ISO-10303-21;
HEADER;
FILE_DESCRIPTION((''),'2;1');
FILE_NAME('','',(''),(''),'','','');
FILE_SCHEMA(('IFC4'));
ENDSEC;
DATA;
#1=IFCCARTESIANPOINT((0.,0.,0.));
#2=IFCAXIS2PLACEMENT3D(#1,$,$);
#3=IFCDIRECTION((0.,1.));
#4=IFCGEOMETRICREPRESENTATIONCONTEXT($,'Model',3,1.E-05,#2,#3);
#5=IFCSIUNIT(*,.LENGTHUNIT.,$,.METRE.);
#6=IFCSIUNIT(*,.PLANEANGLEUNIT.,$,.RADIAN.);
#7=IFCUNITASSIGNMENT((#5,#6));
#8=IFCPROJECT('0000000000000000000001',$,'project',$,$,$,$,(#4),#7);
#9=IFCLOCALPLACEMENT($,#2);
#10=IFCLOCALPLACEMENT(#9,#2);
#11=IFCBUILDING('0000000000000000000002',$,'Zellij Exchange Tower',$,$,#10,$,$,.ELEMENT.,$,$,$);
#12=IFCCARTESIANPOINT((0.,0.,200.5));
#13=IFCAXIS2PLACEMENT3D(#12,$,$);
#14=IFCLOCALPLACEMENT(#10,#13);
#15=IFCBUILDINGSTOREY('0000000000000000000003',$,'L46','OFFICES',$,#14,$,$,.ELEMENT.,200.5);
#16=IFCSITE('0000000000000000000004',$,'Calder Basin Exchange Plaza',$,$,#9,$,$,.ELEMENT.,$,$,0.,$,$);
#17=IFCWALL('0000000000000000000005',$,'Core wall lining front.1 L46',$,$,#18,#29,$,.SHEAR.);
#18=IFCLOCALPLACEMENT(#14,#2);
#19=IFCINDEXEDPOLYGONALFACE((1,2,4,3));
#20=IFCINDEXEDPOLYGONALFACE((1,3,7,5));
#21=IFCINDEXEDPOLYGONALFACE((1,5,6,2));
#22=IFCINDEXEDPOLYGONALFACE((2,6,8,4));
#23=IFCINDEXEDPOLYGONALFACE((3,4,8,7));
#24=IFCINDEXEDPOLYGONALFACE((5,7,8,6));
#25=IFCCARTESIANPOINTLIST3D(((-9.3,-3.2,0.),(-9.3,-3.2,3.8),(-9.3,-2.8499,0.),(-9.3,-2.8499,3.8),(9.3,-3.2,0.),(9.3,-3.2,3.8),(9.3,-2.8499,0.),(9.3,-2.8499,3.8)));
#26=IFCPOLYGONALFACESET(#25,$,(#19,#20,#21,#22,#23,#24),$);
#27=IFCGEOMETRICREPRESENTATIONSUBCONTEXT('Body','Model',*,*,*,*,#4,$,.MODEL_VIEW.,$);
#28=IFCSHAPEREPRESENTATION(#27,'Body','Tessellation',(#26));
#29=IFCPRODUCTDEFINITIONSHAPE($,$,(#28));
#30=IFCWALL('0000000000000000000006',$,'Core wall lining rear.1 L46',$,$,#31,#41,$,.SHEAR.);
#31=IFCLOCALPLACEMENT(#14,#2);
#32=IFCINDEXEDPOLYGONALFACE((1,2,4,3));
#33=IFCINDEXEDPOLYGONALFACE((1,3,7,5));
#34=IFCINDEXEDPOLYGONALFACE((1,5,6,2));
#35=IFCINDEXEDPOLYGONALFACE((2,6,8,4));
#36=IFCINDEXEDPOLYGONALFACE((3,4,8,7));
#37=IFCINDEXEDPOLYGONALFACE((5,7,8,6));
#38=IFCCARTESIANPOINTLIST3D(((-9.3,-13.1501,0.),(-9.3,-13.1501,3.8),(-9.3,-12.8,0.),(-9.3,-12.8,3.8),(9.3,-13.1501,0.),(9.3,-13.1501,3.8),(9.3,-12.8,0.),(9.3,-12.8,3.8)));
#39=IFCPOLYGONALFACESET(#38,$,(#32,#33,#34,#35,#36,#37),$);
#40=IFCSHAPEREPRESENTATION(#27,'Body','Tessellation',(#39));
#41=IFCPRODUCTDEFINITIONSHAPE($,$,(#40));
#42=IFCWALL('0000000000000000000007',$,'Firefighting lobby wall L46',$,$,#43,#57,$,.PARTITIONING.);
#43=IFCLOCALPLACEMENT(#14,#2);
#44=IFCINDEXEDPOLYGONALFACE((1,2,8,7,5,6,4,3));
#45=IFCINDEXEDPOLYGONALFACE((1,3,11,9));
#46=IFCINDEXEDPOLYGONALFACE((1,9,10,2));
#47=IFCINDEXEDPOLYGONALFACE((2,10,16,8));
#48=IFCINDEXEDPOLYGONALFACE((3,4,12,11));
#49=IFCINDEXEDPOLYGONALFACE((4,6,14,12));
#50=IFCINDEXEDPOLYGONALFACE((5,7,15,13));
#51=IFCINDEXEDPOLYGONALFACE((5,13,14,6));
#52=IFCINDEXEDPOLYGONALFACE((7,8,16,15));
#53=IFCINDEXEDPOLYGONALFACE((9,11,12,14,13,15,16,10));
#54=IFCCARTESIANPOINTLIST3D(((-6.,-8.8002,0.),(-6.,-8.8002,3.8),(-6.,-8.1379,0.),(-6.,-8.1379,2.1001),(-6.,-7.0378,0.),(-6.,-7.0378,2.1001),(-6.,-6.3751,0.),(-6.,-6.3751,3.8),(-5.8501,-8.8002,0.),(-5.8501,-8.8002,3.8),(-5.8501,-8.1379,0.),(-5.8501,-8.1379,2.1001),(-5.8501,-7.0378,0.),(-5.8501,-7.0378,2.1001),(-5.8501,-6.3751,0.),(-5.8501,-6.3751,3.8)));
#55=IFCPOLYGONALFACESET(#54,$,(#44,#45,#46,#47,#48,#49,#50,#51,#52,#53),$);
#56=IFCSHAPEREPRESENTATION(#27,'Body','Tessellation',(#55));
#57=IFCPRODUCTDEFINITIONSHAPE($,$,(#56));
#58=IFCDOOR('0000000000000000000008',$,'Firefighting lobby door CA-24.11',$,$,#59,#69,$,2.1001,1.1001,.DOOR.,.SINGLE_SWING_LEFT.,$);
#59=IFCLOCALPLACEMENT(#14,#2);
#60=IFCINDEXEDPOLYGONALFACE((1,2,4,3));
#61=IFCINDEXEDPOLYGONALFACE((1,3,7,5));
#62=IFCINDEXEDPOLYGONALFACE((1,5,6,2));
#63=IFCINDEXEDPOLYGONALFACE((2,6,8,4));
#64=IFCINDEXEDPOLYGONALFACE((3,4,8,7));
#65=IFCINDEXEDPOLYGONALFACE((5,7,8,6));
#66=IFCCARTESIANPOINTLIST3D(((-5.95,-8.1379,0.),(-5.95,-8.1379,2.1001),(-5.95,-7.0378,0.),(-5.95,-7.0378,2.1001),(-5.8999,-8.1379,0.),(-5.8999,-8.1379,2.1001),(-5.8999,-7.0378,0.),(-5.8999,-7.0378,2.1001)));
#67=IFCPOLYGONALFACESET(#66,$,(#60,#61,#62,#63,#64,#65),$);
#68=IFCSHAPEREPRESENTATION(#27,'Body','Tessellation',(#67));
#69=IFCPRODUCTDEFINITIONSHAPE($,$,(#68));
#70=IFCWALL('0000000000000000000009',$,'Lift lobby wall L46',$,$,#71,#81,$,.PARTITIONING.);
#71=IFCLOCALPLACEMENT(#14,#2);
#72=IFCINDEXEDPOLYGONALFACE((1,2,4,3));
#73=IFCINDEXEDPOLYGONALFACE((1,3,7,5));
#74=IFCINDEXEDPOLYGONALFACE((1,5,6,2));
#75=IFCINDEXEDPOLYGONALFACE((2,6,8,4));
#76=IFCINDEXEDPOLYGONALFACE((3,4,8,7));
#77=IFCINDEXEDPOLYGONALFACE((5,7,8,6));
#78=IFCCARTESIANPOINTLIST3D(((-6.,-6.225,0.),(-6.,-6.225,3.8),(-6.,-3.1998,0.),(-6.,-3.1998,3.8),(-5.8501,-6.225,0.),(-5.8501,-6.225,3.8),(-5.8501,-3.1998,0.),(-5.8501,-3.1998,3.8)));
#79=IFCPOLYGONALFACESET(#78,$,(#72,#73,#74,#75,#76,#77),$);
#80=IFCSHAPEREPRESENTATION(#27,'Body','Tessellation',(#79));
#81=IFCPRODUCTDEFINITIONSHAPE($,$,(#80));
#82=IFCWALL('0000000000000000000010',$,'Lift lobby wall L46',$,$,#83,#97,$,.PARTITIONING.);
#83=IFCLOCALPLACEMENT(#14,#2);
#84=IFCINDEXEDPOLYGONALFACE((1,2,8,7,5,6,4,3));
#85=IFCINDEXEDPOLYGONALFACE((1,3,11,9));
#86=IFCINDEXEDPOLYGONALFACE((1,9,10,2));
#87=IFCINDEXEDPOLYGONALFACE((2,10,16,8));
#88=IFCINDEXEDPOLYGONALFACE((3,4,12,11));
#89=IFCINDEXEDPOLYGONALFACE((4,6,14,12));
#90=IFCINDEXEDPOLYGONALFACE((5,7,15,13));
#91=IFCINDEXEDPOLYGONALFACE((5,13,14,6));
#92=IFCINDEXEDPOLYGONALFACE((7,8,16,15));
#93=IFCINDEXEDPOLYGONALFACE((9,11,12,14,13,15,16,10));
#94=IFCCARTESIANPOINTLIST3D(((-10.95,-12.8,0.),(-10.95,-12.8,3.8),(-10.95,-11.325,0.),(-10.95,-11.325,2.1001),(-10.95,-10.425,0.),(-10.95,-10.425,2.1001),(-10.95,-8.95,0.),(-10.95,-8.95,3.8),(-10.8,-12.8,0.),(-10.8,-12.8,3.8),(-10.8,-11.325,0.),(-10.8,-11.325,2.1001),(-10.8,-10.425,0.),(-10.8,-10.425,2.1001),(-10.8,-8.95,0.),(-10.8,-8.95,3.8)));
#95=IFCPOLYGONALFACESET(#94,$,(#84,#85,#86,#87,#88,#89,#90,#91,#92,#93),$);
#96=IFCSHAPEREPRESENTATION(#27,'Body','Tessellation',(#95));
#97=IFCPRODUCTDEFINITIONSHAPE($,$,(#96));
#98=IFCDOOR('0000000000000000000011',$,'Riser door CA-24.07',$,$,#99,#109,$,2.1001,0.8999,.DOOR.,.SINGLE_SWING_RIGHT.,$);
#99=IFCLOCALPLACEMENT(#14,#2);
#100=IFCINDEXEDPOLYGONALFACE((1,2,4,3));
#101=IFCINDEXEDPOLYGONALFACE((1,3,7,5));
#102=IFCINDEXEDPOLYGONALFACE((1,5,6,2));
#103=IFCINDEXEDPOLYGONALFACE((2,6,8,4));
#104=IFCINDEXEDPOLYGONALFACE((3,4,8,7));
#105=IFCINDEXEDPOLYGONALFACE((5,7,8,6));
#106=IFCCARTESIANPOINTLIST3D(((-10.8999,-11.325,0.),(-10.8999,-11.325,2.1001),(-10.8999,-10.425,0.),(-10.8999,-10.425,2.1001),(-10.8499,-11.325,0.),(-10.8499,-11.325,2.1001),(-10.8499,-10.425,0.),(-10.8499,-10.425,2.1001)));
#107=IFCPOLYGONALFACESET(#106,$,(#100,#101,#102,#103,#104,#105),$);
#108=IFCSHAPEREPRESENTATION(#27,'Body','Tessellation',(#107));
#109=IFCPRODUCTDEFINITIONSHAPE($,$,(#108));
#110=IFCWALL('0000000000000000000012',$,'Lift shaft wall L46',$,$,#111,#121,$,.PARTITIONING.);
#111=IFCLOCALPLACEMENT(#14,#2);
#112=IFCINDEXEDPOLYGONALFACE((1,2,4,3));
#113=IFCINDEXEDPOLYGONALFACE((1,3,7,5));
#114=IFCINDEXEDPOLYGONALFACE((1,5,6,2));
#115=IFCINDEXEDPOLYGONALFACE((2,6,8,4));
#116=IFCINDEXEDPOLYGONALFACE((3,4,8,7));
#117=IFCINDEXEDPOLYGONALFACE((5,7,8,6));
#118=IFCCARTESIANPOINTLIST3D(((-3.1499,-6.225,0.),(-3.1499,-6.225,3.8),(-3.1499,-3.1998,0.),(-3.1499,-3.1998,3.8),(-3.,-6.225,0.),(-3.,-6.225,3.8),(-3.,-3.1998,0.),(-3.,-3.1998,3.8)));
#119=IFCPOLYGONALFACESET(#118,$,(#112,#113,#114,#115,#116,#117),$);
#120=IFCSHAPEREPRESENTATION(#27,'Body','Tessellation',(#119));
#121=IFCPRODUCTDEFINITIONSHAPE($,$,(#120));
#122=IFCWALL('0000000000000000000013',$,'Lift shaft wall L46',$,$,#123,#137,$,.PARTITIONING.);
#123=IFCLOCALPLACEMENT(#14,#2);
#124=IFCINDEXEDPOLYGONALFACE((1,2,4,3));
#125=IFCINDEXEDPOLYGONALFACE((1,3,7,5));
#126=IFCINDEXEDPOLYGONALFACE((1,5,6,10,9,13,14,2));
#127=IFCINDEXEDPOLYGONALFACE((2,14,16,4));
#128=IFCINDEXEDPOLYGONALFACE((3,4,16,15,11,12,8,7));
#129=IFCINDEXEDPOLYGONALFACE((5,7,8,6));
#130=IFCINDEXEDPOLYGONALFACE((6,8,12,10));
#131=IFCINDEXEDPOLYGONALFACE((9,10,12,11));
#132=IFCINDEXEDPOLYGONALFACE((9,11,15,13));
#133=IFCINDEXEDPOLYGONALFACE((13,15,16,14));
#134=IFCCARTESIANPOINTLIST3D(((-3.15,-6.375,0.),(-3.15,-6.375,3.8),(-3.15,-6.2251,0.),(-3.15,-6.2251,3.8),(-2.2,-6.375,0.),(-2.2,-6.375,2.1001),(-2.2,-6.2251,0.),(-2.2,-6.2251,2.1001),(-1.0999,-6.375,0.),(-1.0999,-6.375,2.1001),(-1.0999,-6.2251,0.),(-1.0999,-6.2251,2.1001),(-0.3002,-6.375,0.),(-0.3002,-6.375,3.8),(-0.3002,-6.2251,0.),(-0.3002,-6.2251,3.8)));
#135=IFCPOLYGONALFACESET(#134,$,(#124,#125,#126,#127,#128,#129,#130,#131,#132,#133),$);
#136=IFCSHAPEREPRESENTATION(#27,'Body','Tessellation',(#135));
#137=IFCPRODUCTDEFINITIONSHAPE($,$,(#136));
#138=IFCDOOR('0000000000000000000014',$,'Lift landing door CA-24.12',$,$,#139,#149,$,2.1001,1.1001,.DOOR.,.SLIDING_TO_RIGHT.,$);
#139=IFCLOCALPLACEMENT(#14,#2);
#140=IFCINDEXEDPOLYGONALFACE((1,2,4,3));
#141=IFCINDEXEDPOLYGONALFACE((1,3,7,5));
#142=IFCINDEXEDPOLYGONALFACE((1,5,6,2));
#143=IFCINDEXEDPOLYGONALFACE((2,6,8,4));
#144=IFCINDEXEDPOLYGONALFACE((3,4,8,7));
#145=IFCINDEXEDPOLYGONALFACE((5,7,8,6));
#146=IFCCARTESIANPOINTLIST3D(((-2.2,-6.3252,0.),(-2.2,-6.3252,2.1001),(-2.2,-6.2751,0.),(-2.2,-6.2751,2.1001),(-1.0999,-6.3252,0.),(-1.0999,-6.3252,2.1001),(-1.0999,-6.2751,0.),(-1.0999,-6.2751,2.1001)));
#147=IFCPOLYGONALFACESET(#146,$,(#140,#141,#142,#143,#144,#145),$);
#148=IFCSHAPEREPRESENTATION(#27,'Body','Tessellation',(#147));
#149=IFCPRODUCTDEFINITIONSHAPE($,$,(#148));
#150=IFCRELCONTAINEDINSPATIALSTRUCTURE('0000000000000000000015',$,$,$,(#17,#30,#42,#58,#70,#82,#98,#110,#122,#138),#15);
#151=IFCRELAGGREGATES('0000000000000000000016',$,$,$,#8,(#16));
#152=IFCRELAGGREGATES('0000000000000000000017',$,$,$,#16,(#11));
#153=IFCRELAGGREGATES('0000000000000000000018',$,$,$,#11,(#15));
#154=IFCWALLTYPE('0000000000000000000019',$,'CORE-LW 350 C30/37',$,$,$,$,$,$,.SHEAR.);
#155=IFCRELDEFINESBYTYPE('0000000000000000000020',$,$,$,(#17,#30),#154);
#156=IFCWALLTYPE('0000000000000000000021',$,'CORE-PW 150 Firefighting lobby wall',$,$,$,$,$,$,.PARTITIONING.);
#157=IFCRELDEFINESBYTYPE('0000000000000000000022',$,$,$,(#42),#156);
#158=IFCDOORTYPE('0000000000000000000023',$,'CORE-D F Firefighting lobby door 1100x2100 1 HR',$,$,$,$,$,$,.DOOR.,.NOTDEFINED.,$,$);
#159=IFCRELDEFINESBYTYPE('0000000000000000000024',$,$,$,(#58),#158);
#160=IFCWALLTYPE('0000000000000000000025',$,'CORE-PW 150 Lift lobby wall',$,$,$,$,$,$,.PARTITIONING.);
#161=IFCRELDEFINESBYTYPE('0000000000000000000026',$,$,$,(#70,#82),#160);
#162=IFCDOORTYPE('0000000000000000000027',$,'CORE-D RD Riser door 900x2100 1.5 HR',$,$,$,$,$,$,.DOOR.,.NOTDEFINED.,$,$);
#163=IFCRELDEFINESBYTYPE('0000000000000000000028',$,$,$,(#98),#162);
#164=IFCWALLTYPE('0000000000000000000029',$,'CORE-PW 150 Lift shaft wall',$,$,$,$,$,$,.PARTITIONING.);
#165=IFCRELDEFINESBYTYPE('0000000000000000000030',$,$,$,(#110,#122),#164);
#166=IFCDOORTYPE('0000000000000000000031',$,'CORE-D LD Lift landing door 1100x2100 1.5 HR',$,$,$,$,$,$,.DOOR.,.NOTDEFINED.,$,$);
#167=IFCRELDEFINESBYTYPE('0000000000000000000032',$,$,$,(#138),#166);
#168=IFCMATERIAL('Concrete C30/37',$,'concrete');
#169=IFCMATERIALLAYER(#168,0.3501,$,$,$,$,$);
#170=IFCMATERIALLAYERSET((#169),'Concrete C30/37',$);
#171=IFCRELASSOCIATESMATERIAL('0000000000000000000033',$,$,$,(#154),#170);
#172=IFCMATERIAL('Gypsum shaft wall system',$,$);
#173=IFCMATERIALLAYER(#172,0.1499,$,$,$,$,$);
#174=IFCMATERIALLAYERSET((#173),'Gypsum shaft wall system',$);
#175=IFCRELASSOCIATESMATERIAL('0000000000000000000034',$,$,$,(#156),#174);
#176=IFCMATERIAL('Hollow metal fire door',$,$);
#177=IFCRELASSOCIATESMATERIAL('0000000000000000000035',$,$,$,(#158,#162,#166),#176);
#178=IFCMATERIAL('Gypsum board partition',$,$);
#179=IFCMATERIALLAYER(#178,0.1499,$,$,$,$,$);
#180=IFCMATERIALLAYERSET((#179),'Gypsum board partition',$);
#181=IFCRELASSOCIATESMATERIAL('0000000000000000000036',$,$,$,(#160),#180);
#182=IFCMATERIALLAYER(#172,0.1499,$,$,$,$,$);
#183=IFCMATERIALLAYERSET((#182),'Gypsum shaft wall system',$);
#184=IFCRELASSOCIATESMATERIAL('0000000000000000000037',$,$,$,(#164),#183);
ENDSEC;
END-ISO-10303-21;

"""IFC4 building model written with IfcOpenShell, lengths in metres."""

from ifc_helpers import new_model, si_unit, direction, frame, frame_2d, origin, place, context, subcontext, project, spatial, rectangle, extrude, material, layer, layer_set, type_object, element, fill, save


model = new_model("IFC4")

# Units and contexts
model_context = context("Model", 3, precision=1e-05, world=origin(), true_north=direction((0.0, 1.0)))
body_context = subcontext(model_context, "Body", "Model", "MODEL_VIEW")
ifc_project = project(units=[si_unit("LENGTHUNIT", "METRE"), si_unit("PLANEANGLEUNIT", "RADIAN")], contexts=[model_context])

# Site, building, storey
site_placement = place(None, origin())
site = spatial("IfcSite", under=ifc_project, at=site_placement, Name="Calder Basin Exchange Plaza", CompositionType="ELEMENT", RefElevation=0.0)
building_placement = place(site_placement, origin())
building = spatial("IfcBuilding", under=site, at=building_placement, Name="Zellij Exchange Tower", CompositionType="ELEMENT")
storey_placement = place(building_placement, frame((0.0, 0.0, 200.5)))
storey = spatial("IfcBuildingStorey", under=building, at=storey_placement, Name="L46", Description="OFFICES", CompositionType="ELEMENT", Elevation=200.5)

# Walls
ifc_material_1 = material(Name="Concrete C30/37", Category="concrete")
ifc_layer_1 = layer(ifc_material_1, 0.3501)
ifc_layer_set_1 = layer_set([ifc_layer_1], Name="Concrete C30/37")
wall_type_1 = type_object("IfcWallType", Name="CORE-LW 350 C30/37", PredefinedType="SHEAR", material=ifc_layer_set_1)
for number, where, z_axis, x_axis, name in (
    (1, (-9.3, -3.0249, 0.0), (0.0, 0.0, 1.0), (1.0, 0.0, 0.0), "Core wall lining front.1 L46"),
    (2, (-9.3, -12.9751, 0.0), (0.0, 0.0, 1.0), (1.0, 0.0, 0.0), "Core wall lining rear.1 L46"),
):
    element("IfcWall", number, at=place(storey_placement, frame(where, z_axis=z_axis, x_axis=x_axis)), inside=storey, type_object=wall_type_1, Name=name, PredefinedType="SHEAR", context=body_context, shape_type="SweptSolid", body=[
        extrude(rectangle(XDim=18.6001, YDim=0.3501, at=frame_2d((9.3, 0.0))), origin(), (0.0, 0.0, 1.0), 3.8),
    ])

# Wall, opening, door
ifc_material_2 = material(Name="Gypsum shaft wall system")
ifc_layer_2 = layer(ifc_material_2, 0.1499)
ifc_layer_set_2 = layer_set([ifc_layer_2], Name="Gypsum shaft wall system")
wall_type_2 = type_object("IfcWallType", Name="CORE-PW 150 Firefighting lobby wall", PredefinedType="PARTITIONING", material=ifc_layer_set_2)
wall_1_placement = place(storey_placement, frame((-5.925, -8.8, 0.0), z_axis=(0.0, 0.0, 1.0), x_axis=(0.0, 1.0, 0.0)))
wall_1 = element("IfcWall", 3, at=wall_1_placement, inside=storey, type_object=wall_type_2, Name="Firefighting lobby wall L46", PredefinedType="PARTITIONING", context=body_context, shape_type="SweptSolid", body=[
    extrude(rectangle(XDim=2.425, YDim=0.1499, at=frame_2d((1.2124, 0.0))), origin(), (0.0, 0.0, 1.0), 3.8),
])
opening_1_placement = place(wall_1_placement, frame((0.6621, 0.0, 0.0)))
opening_1 = element("IfcOpeningElement", 4, at=opening_1_placement, cuts=wall_1, PredefinedType="OPENING", context=body_context, shape_type="SweptSolid", body=[
    extrude(rectangle(XDim=1.1001, YDim=2.1001, at=frame_2d((0.55, 1.05))), frame((0.0, 0.0869, 0.0), z_axis=(0.0, -1.0, 0.0), x_axis=(1.0, 0.0, 0.0)), (0.0, 0.0, 1.0), 0.1738),
])
ifc_material_3 = material(Name="Hollow metal fire door")
door_type_1 = type_object("IfcDoorType", Name="CORE-D F Firefighting lobby door 1100x2100 1 HR", OperationType="NOTDEFINED", PredefinedType="DOOR", material=ifc_material_3)
door_1_placement = place(opening_1_placement, origin())
door_1 = element("IfcDoor", 5, at=door_1_placement, inside=storey, type_object=door_type_1, Name="Firefighting lobby door CA-24.11", OperationType="SINGLE_SWING_LEFT", OverallHeight=2.1001, OverallWidth=1.1001, PredefinedType="DOOR", context=body_context, shape_type="SweptSolid", body=[
    extrude(rectangle(XDim=1.1001, YDim=2.1001, at=frame_2d((0.55, 1.05))), frame((0.0, 0.0249, 0.0), z_axis=(0.0, -1.0, 0.0), x_axis=(1.0, 0.0, 0.0)), (0.0, 0.0, 1.0), 0.05),
])
fill(opening_1, door_1)

# Wall
ifc_material_4 = material(Name="Gypsum board partition")
ifc_layer_3 = layer(ifc_material_4, 0.1499)
ifc_layer_set_3 = layer_set([ifc_layer_3], Name="Gypsum board partition")
wall_type_3 = type_object("IfcWallType", Name="CORE-PW 150 Lift lobby wall", PredefinedType="PARTITIONING", material=ifc_layer_set_3)
wall_2_placement = place(storey_placement, frame((-5.925, -6.2251, 0.0), z_axis=(0.0, 0.0, 1.0), x_axis=(0.0, 1.0, 0.0)))
element("IfcWall", 6, at=wall_2_placement, inside=storey, type_object=wall_type_3, Name="Lift lobby wall L46", PredefinedType="PARTITIONING", context=body_context, shape_type="SweptSolid", body=[
    extrude(rectangle(XDim=3.0251, YDim=0.1499, at=frame_2d((1.5127, 0.0))), origin(), (0.0, 0.0, 1.0), 3.8),
])

# Wall, opening, door
wall_3_placement = place(storey_placement, frame((-10.875, -12.8, 0.0), z_axis=(0.0, 0.0, 1.0), x_axis=(0.0, 1.0, 0.0)))
wall_3 = element("IfcWall", 7, at=wall_3_placement, inside=storey, type_object=wall_type_3, Name="Lift lobby wall L46", PredefinedType="PARTITIONING", context=body_context, shape_type="SweptSolid", body=[
    extrude(rectangle(XDim=3.8501, YDim=0.1499, at=frame_2d((1.925, 0.0))), origin(), (0.0, 0.0, 1.0), 3.8),
])
opening_2_placement = place(wall_3_placement, frame((1.4751, 0.0, 0.0)))
opening_2 = element("IfcOpeningElement", 8, at=opening_2_placement, cuts=wall_3, PredefinedType="OPENING", context=body_context, shape_type="SweptSolid", body=[
    extrude(rectangle(XDim=0.8999, YDim=2.1001, at=frame_2d((0.45, 1.05))), frame((0.0, 0.0869, 0.0), z_axis=(0.0, -1.0, 0.0), x_axis=(1.0, 0.0, 0.0)), (0.0, 0.0, 1.0), 0.1738),
])
door_type_2 = type_object("IfcDoorType", Name="CORE-D RD Riser door 900x2100 1.5 HR", OperationType="NOTDEFINED", PredefinedType="DOOR", material=ifc_material_3)
door_2_placement = place(opening_2_placement, origin())
door_2 = element("IfcDoor", 9, at=door_2_placement, inside=storey, type_object=door_type_2, Name="Riser door CA-24.07", OperationType="SINGLE_SWING_RIGHT", OverallHeight=2.1001, OverallWidth=0.8999, PredefinedType="DOOR", context=body_context, shape_type="SweptSolid", body=[
    extrude(rectangle(XDim=0.8999, YDim=2.1001, at=frame_2d((0.45, 1.05))), frame((0.0, 0.0249, 0.0), z_axis=(0.0, -1.0, 0.0), x_axis=(1.0, 0.0, 0.0)), (0.0, 0.0, 1.0), 0.05),
])
fill(opening_2, door_2)

# Wall
ifc_layer_4 = layer(ifc_material_2, 0.1499)
ifc_layer_set_4 = layer_set([ifc_layer_4], Name="Gypsum shaft wall system")
wall_type_4 = type_object("IfcWallType", Name="CORE-PW 150 Lift shaft wall", PredefinedType="PARTITIONING", material=ifc_layer_set_4)
wall_4_placement = place(storey_placement, frame((-3.075, -6.2251, 0.0), z_axis=(0.0, 0.0, 1.0), x_axis=(0.0, 1.0, 0.0)))
element("IfcWall", 10, at=wall_4_placement, inside=storey, type_object=wall_type_4, Name="Lift shaft wall L46", PredefinedType="PARTITIONING", context=body_context, shape_type="SweptSolid", body=[
    extrude(rectangle(XDim=3.0251, YDim=0.1499, at=frame_2d((1.5127, 0.0))), origin(), (0.0, 0.0, 1.0), 3.8),
])

# Wall, opening, door
wall_5_placement = place(storey_placement, frame((-3.1499, -6.3, 0.0), z_axis=(0.0, 0.0, 1.0), x_axis=(1.0, 0.0, 0.0)))
wall_5 = element("IfcWall", 11, at=wall_5_placement, inside=storey, type_object=wall_type_4, Name="Lift shaft wall L46", PredefinedType="PARTITIONING", context=body_context, shape_type="SweptSolid", body=[
    extrude(rectangle(XDim=2.8499, YDim=0.1499, at=frame_2d((1.4248, 0.0))), origin(), (0.0, 0.0, 1.0), 3.8),
])
opening_3_placement = place(wall_5_placement, frame((0.95, 0.0, 0.0)))
opening_3 = element("IfcOpeningElement", 12, at=opening_3_placement, cuts=wall_5, PredefinedType="OPENING", context=body_context, shape_type="SweptSolid", body=[
    extrude(rectangle(XDim=1.1001, YDim=2.1001, at=frame_2d((0.55, 1.05))), frame((0.0, 0.0869, 0.0), z_axis=(0.0, -1.0, 0.0), x_axis=(1.0, 0.0, 0.0)), (0.0, 0.0, 1.0), 0.1738),
])
door_type_3 = type_object("IfcDoorType", Name="CORE-D LD Lift landing door 1100x2100 1.5 HR", OperationType="NOTDEFINED", PredefinedType="DOOR", material=ifc_material_3)
door_3_placement = place(opening_3_placement, origin())
door_3 = element("IfcDoor", 13, at=door_3_placement, inside=storey, type_object=door_type_3, Name="Lift landing door CA-24.12", OperationType="SLIDING_TO_RIGHT", OverallHeight=2.1001, OverallWidth=1.1001, PredefinedType="DOOR", context=body_context, shape_type="SweptSolid", body=[
    extrude(rectangle(XDim=1.1001, YDim=2.1001, at=frame_2d((0.55, 1.05))), frame((0.0, 0.0249, 0.0), z_axis=(0.0, -1.0, 0.0), x_axis=(1.0, 0.0, 0.0)), (0.0, 0.0, 1.0), 0.05),
])
fill(opening_3, door_3)

save(model, "model.ifc")
